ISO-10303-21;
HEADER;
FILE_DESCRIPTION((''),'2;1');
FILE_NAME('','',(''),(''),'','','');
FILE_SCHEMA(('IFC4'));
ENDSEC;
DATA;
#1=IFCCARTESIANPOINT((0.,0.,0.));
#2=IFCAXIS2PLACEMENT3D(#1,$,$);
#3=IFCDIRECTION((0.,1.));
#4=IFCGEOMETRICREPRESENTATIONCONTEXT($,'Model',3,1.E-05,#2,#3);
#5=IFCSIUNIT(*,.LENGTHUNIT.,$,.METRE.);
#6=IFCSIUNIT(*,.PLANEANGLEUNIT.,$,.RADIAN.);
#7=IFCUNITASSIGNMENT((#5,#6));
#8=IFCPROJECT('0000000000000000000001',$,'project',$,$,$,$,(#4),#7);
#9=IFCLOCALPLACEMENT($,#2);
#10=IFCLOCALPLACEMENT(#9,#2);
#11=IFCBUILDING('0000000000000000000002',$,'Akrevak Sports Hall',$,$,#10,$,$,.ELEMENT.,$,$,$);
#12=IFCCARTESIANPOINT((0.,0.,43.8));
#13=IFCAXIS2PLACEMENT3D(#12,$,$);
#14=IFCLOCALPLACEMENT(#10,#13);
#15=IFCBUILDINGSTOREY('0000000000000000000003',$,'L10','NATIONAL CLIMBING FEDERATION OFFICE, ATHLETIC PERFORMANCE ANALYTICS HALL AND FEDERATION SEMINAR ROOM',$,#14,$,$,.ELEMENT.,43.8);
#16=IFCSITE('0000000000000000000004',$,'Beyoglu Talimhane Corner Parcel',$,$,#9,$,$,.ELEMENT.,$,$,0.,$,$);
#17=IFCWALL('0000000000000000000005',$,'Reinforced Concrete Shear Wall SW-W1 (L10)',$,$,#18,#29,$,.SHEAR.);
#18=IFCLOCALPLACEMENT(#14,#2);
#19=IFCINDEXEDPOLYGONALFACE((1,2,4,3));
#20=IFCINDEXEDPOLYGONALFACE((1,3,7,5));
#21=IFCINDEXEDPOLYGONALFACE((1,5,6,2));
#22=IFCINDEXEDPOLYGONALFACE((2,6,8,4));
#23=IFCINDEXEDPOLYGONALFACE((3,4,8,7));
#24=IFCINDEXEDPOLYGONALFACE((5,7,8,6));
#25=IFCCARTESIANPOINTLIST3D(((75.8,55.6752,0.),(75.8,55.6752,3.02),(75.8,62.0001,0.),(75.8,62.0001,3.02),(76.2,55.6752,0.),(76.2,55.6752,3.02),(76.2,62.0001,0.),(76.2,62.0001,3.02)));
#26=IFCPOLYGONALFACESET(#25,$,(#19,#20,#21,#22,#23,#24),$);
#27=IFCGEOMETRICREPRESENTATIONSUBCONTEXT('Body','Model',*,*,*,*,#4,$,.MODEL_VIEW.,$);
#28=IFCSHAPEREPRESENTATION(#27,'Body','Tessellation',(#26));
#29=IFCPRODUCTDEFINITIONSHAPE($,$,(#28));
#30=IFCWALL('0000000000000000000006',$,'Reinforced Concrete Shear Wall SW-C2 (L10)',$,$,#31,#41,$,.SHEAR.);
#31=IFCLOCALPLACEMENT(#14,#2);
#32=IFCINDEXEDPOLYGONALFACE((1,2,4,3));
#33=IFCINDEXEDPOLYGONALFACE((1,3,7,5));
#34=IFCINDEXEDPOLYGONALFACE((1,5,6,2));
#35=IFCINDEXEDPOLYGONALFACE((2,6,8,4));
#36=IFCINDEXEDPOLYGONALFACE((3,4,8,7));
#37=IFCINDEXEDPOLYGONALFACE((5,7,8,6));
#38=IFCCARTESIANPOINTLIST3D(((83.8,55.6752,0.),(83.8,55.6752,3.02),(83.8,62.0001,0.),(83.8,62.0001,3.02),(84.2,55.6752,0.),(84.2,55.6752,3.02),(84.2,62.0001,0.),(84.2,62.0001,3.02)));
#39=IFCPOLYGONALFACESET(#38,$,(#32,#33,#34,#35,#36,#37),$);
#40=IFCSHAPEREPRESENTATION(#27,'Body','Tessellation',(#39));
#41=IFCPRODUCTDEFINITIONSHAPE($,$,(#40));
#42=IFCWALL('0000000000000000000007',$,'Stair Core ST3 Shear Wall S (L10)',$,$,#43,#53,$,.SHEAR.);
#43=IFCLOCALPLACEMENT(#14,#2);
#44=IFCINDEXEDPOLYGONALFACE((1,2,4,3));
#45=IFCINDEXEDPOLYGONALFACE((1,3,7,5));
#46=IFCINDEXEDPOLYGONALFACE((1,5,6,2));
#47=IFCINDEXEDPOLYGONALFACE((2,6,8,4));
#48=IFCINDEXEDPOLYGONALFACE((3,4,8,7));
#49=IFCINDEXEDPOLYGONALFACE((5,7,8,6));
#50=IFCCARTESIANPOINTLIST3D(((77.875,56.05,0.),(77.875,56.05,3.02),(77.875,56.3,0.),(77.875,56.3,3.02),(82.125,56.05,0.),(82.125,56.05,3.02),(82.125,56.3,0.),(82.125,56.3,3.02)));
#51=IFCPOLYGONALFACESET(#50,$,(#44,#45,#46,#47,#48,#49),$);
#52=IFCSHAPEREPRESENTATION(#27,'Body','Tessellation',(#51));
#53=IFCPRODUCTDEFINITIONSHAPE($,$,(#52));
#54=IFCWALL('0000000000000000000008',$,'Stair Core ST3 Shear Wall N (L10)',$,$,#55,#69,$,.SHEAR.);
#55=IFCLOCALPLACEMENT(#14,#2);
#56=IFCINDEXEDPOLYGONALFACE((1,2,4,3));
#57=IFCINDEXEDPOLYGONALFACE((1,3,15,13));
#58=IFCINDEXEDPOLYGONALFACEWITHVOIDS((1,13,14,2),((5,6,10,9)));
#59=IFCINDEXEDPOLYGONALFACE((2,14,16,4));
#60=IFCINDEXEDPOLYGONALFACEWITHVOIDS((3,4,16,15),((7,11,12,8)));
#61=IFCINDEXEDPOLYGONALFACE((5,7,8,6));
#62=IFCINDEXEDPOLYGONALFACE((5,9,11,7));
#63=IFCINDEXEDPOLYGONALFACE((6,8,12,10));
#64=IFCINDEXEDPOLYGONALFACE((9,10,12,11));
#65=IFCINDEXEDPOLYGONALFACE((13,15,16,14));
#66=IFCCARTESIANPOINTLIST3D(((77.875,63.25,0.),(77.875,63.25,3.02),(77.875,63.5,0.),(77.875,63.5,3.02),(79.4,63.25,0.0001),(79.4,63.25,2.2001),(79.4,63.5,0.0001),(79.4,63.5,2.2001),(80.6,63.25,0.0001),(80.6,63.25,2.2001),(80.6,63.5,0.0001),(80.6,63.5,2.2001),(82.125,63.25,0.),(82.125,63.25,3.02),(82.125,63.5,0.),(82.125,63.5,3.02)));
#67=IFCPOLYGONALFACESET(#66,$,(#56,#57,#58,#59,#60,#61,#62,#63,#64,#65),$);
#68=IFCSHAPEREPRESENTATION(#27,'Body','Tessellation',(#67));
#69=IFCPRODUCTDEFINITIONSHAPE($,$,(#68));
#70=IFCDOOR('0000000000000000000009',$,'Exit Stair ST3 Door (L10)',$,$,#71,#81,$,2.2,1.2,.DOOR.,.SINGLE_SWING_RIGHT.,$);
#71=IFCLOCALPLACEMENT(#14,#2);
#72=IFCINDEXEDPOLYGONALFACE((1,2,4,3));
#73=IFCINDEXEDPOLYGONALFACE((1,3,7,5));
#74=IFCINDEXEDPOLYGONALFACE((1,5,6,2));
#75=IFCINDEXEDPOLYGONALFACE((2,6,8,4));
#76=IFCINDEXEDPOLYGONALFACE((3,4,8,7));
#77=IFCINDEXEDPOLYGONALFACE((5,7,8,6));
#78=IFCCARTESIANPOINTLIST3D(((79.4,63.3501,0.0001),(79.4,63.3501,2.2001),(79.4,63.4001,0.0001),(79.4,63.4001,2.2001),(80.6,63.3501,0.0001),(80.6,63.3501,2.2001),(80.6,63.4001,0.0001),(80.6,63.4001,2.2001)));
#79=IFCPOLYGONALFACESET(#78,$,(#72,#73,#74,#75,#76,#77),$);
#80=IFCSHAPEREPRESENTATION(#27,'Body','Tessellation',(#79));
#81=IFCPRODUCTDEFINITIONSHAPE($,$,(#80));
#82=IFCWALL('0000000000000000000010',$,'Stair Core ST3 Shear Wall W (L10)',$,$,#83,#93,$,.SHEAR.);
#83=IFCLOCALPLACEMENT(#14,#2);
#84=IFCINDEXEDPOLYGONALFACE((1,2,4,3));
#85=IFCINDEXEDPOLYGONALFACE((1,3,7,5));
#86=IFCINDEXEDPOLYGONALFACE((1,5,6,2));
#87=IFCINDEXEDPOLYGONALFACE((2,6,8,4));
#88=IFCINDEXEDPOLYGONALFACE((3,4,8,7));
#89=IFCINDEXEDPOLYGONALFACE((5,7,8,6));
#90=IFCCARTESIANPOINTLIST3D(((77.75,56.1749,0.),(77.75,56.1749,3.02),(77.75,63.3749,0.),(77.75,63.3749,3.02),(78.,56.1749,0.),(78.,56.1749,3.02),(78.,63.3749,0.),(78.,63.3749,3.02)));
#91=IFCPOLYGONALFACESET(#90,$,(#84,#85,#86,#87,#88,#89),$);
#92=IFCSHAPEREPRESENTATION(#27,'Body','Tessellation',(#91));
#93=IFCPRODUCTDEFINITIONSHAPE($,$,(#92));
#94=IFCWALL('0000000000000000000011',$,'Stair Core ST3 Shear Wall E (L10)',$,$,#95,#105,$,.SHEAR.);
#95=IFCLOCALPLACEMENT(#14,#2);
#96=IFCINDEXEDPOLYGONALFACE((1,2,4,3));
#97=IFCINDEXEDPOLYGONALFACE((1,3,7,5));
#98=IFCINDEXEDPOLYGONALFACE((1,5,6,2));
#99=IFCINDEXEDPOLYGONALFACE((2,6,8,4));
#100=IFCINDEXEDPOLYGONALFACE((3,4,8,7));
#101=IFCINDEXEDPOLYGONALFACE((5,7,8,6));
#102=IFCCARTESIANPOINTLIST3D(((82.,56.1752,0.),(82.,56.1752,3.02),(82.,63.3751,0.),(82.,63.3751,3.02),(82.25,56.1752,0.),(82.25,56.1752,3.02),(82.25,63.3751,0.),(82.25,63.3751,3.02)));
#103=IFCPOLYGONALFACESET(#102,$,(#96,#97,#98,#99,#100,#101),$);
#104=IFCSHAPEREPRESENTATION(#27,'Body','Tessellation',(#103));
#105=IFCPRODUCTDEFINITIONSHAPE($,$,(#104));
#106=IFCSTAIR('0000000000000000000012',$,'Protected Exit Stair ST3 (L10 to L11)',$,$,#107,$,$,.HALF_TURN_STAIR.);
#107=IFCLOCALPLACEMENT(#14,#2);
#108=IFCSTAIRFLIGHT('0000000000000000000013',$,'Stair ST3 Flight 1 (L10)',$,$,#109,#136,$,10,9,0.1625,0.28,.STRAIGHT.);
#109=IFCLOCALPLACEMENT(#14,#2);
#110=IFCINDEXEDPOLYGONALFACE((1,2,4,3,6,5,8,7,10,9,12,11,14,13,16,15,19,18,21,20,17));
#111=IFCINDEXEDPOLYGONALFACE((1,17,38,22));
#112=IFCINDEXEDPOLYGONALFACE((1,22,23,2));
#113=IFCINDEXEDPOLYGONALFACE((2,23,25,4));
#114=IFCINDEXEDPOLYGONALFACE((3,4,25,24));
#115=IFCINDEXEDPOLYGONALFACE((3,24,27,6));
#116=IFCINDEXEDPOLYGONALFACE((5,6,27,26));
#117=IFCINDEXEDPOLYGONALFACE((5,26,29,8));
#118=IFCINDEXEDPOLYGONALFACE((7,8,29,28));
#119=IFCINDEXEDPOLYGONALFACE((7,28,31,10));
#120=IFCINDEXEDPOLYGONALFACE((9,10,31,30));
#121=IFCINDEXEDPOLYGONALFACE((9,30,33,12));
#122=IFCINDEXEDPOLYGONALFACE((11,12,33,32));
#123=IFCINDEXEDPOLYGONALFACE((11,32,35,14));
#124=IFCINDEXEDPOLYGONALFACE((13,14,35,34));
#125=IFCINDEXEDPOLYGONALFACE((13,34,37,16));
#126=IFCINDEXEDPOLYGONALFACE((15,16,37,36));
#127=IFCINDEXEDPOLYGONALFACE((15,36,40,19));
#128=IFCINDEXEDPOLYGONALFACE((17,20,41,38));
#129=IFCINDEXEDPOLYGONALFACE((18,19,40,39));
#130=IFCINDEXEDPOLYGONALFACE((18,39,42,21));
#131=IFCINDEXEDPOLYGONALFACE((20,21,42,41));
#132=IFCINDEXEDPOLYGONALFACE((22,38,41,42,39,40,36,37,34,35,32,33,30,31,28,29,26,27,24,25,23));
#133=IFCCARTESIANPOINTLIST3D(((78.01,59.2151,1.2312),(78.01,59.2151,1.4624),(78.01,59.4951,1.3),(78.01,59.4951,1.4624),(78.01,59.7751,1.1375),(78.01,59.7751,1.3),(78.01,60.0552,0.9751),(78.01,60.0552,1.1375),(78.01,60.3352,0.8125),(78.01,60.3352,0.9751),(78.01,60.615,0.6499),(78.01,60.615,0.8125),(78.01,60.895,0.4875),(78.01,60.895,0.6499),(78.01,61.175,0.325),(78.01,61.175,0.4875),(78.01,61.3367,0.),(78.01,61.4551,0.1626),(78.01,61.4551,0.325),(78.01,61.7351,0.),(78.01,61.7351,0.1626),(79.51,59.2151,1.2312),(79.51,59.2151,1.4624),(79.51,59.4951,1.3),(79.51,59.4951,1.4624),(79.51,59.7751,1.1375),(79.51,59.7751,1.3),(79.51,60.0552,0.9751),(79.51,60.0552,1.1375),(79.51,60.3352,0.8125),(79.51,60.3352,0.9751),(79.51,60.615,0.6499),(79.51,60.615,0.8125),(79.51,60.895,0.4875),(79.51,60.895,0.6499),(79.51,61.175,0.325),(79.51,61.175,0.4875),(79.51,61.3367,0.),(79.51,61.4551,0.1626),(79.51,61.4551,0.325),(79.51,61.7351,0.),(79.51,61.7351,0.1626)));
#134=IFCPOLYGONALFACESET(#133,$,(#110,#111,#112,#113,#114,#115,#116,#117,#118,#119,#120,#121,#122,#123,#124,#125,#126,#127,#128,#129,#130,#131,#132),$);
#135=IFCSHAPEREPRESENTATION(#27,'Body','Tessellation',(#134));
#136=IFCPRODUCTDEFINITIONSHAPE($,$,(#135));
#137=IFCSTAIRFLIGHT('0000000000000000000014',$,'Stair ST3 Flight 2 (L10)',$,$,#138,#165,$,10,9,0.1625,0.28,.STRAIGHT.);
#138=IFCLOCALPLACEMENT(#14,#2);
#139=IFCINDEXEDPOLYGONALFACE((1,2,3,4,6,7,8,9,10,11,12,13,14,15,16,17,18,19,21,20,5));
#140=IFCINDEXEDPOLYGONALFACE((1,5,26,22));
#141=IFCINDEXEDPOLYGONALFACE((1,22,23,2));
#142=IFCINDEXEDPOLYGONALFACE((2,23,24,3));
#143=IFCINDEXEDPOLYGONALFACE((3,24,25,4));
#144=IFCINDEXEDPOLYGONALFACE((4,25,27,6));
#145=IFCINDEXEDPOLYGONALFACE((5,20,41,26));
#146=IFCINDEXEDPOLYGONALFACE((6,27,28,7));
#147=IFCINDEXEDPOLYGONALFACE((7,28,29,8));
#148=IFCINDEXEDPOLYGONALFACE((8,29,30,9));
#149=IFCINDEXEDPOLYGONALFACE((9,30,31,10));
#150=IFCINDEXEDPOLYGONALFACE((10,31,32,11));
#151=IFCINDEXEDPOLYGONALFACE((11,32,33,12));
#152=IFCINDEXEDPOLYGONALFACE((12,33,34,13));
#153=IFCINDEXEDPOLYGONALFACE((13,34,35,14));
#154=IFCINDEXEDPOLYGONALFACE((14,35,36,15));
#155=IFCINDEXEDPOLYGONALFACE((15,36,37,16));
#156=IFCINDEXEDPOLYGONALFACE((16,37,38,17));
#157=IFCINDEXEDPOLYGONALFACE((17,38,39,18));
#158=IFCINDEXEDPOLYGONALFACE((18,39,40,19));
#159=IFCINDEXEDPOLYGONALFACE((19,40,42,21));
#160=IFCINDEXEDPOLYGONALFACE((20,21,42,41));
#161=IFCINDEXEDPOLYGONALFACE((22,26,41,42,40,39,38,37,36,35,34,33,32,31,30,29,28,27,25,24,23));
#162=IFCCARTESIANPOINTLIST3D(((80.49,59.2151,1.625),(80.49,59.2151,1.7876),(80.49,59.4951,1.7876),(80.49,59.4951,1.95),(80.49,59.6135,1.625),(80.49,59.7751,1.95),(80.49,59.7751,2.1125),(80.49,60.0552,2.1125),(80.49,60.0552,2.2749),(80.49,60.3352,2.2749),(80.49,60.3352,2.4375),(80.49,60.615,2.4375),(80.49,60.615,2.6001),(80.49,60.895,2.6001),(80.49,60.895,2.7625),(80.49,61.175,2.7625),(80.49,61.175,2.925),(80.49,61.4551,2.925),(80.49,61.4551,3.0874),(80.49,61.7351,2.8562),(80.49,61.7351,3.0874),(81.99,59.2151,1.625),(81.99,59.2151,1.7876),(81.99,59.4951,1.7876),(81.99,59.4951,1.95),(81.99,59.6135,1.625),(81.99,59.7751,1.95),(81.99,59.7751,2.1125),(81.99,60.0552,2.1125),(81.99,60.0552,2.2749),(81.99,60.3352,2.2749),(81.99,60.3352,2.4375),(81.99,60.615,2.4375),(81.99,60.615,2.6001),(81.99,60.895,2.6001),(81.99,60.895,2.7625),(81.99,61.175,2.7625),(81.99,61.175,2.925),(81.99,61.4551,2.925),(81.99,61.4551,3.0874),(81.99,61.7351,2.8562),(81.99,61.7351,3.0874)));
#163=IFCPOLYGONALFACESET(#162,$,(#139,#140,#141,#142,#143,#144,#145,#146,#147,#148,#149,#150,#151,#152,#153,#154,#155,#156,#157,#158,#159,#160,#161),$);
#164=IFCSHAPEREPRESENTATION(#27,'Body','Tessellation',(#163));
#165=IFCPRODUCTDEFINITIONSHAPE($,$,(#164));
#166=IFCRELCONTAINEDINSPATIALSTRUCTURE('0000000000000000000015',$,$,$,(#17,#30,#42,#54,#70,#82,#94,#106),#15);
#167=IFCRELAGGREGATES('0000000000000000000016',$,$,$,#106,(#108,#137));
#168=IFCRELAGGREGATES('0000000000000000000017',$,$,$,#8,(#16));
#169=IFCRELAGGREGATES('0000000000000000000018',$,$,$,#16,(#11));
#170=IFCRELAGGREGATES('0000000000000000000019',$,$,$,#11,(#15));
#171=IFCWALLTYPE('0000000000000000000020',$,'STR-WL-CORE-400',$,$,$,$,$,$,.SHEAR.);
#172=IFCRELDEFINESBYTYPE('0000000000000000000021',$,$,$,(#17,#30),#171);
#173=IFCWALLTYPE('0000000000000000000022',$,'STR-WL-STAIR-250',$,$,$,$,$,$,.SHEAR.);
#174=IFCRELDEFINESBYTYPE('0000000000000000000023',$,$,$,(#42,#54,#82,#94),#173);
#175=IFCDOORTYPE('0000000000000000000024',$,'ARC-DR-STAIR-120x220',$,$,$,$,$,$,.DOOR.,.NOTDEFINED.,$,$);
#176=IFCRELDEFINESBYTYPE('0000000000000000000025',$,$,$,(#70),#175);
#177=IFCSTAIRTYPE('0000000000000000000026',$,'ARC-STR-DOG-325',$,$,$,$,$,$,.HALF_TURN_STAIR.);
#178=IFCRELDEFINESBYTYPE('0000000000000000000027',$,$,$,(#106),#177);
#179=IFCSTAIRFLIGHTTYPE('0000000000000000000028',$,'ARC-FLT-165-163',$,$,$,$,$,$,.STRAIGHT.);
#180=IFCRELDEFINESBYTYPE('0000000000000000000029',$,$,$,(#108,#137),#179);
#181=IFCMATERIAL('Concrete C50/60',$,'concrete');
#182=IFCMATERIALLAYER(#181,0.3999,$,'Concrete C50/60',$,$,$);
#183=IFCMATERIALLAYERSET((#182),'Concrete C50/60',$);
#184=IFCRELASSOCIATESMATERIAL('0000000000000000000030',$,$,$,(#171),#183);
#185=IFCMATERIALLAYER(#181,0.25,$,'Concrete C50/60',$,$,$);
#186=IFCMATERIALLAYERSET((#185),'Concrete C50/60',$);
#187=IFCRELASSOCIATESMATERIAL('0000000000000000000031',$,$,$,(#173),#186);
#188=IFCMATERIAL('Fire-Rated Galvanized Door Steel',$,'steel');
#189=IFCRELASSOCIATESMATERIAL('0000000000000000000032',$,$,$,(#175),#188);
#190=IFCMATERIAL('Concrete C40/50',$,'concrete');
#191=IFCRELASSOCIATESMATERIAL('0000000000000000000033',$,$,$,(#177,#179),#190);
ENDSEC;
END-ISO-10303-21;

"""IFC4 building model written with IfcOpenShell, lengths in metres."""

from ifc_helpers import new_model, si_unit, direction, frame, frame_2d, origin, place, context, subcontext, project, spatial, polyline, rectangle, outline, extrude, material, layer, layer_set, type_object, element, fill, aggregate, save


model = new_model("IFC4")

# Units and contexts
model_context = context("Model", 3, precision=1e-05, world=origin(), true_north=direction((0.0, 1.0)))
body_context = subcontext(model_context, "Body", "Model", "MODEL_VIEW")
ifc_project = project(units=[si_unit("LENGTHUNIT", "METRE"), si_unit("PLANEANGLEUNIT", "RADIAN")], contexts=[model_context])

# Site, building, storey
site_placement = place(None, origin())
site = spatial("IfcSite", under=ifc_project, at=site_placement, Name="Beyoglu Talimhane Corner Parcel", CompositionType="ELEMENT", RefElevation=0.0)
building_placement = place(site_placement, origin())
building = spatial("IfcBuilding", under=site, at=building_placement, Name="Akrevak Sports Hall", CompositionType="ELEMENT")
storey_placement = place(building_placement, frame((0.0, 0.0, 43.8)))
storey = spatial("IfcBuildingStorey", under=building, at=storey_placement, Name="L10", Description="NATIONAL CLIMBING FEDERATION OFFICE, ATHLETIC PERFORMANCE ANALYTICS HALL AND FEDERATION SEMINAR ROOM", CompositionType="ELEMENT", Elevation=43.8)

# Shared definitions
ifc_material_1 = material(Name="Concrete C40/50", Category="concrete")

# Shared definitions
ifc_material_2 = material(Name="Concrete C50/60", Category="concrete")

# Walls
ifc_layer_1 = layer(ifc_material_2, 0.3999, Name="Concrete C50/60")
ifc_layer_set_1 = layer_set([ifc_layer_1], Name="Concrete C50/60")
wall_type_1 = type_object("IfcWallType", Name="STR-WL-CORE-400", PredefinedType="SHEAR", material=ifc_layer_set_1)
for number, where, z_axis, x_axis, name in (
    (1, (76.0, 55.675, 0.0), (0.0, 0.0, 1.0), (0.0, 1.0, 0.0), "Reinforced Concrete Shear Wall SW-W1 (L10)"),
    (2, (84.0, 55.675, 0.0), (0.0, 0.0, 1.0), (0.0, 1.0, 0.0), "Reinforced Concrete Shear Wall SW-C2 (L10)"),
):
    element("IfcWall", number, at=place(storey_placement, frame(where, z_axis=z_axis, x_axis=x_axis)), inside=storey, type_object=wall_type_1, Name=name, PredefinedType="SHEAR", context=body_context, shape_type="SweptSolid", body=[
        extrude(rectangle(XDim=6.325, YDim=0.3999, at=frame_2d((3.1626, 0.0))), origin(), (0.0, 0.0, 1.0), 3.02),
    ])
ifc_layer_2 = layer(ifc_material_2, 0.25, Name="Concrete C50/60")
ifc_layer_set_2 = layer_set([ifc_layer_2], Name="Concrete C50/60")
wall_type_2 = type_object("IfcWallType", Name="STR-WL-STAIR-250", PredefinedType="SHEAR", material=ifc_layer_set_2)
wall_1_placement = place(storey_placement, frame((77.875, 56.175, 0.0), z_axis=(0.0, 0.0, 1.0), x_axis=(1.0, 0.0, 0.0)))
element("IfcWall", 3, at=wall_1_placement, inside=storey, type_object=wall_type_2, Name="Stair Core ST3 Shear Wall S (L10)", PredefinedType="SHEAR", context=body_context, shape_type="SweptSolid", body=[
    extrude(rectangle(XDim=4.25, YDim=0.25, at=frame_2d((2.125, 0.0))), origin(), (0.0, 0.0, 1.0), 3.02),
])

# Wall, opening, door
wall_2_placement = place(storey_placement, frame((82.125, 63.375, 0.0), z_axis=(0.0, 0.0, 1.0), x_axis=(-1.0, 0.0, 0.0)))
wall_2 = element("IfcWall", 4, at=wall_2_placement, inside=storey, type_object=wall_type_2, Name="Stair Core ST3 Shear Wall N (L10)", PredefinedType="SHEAR", context=body_context, shape_type="SweptSolid", body=[
    extrude(rectangle(XDim=4.25, YDim=0.25, at=frame_2d((2.125, 0.0))), origin(), (0.0, 0.0, 1.0), 3.02),
])
opening_1_placement = place(wall_2_placement, frame((1.5249, 0.0, 0.0)))
opening_1 = element("IfcOpeningElement", 5, at=opening_1_placement, cuts=wall_2, PredefinedType="OPENING", context=body_context, shape_type="SweptSolid", body=[
    extrude(rectangle(XDim=1.2, YDim=2.2, at=frame_2d((0.6001, 1.1001))), frame((0.0, 0.137, 0.0), z_axis=(0.0, -1.0, 0.0), x_axis=(1.0, 0.0, 0.0)), (0.0, 0.0, 1.0), 0.2739),
])
ifc_material_3 = material(Name="Fire-Rated Galvanized Door Steel", Category="steel")
door_type_1 = type_object("IfcDoorType", Name="ARC-DR-STAIR-120x220", OperationType="NOTDEFINED", PredefinedType="DOOR", material=ifc_material_3)
door_1_placement = place(opening_1_placement, origin())
door_1 = element("IfcDoor", 6, at=door_1_placement, inside=storey, type_object=door_type_1, Name="Exit Stair ST3 Door (L10)", OperationType="SINGLE_SWING_RIGHT", OverallHeight=2.2, OverallWidth=1.2, PredefinedType="DOOR", context=body_context, shape_type="SweptSolid", body=[
    extrude(rectangle(XDim=1.2, YDim=2.2, at=frame_2d((0.6001, 1.1001))), frame((0.0, 0.0249, 0.0), z_axis=(0.0, -1.0, 0.0), x_axis=(1.0, 0.0, 0.0)), (0.0, 0.0, 1.0), 0.05),
])
fill(opening_1, door_1)

# Walls
for number, where, z_axis, x_axis, name in (
    (7, (77.875, 63.375, 0.0), (0.0, 0.0, 1.0), (0.0, -1.0, 0.0), "Stair Core ST3 Shear Wall W (L10)"),
    (8, (82.125, 56.175, 0.0), (0.0, 0.0, 1.0), (0.0, 1.0, 0.0), "Stair Core ST3 Shear Wall E (L10)"),
):
    element("IfcWall", number, at=place(storey_placement, frame(where, z_axis=z_axis, x_axis=x_axis)), inside=storey, type_object=wall_type_2, Name=name, PredefinedType="SHEAR", context=body_context, shape_type="SweptSolid", body=[
        extrude(rectangle(XDim=7.2, YDim=0.25, at=frame_2d((3.6001, 0.0))), origin(), (0.0, 0.0, 1.0), 3.02),
    ])

# Stair, stair flights
stair_type = type_object("IfcStairType", Name="ARC-STR-DOG-325", PredefinedType="HALF_TURN_STAIR", material=ifc_material_1)
stair_placement = place(storey_placement, origin())
stair = element("IfcStair", 9, at=stair_placement, inside=storey, type_object=stair_type, Name="Protected Exit Stair ST3 (L10 to L11)", PredefinedType="HALF_TURN_STAIR")
stair_flight_type = type_object("IfcStairFlightType", Name="ARC-FLT-165-163", PredefinedType="STRAIGHT", material=ifc_material_1)
stair_flight_1_placement = place(storey_placement, frame((78.76, 61.7351, 0.0), z_axis=(0.0, 0.0, 1.0), x_axis=(0.0, -1.0, 0.0)))
stair_flight_1 = element("IfcStairFlight", 10, at=stair_flight_1_placement, type_object=stair_flight_type, Name="Stair ST3 Flight 1 (L10)", NumberOfRisers=10, NumberOfTreads=9, PredefinedType="STRAIGHT", RiserHeight=0.1625, TreadLength=0.28, context=body_context, shape_type="SweptSolid", body=[
    extrude(outline(polyline([(0.0, 0.0), (0.0, 0.1626), (0.28, 0.1626), (0.28, 0.325), (0.5601, 0.325), (0.5601, 0.4875), (0.8401, 0.4875), (0.8401, 0.6499), (1.1201, 0.6499), (1.1201, 0.8125), (1.3999, 0.8125), (1.3999, 0.9751), (1.6799, 0.9751), (1.6799, 1.1375), (1.96, 1.1375), (1.96, 1.3), (2.24, 1.3), (2.24, 1.4624), (2.52, 1.4624), (2.52, 1.625), (2.52, 1.2312), (0.3984, 0.0), (0.0, 0.0)])), frame((0.0, 0.75, 0.0), z_axis=(0.0, -1.0, 0.0), x_axis=(1.0, 0.0, 0.0)), (0.0, 0.0, 1.0), 1.5),
])
stair_flight_2_placement = place(storey_placement, frame((81.24, 59.2151, 1.625), z_axis=(0.0, 0.0, 1.0), x_axis=(0.0, 1.0, 0.0)))
stair_flight_2 = element("IfcStairFlight", 11, at=stair_flight_2_placement, type_object=stair_flight_type, Name="Stair ST3 Flight 2 (L10)", NumberOfRisers=10, NumberOfTreads=9, PredefinedType="STRAIGHT", RiserHeight=0.1625, TreadLength=0.28, context=body_context, shape_type="SweptSolid", body=[
    extrude(outline(polyline([(0.0, 0.0), (0.0, 0.1626), (0.28, 0.1626), (0.28, 0.325), (0.5601, 0.325), (0.5601, 0.4875), (0.8401, 0.4875), (0.8401, 0.6499), (1.1201, 0.6499), (1.1201, 0.8125), (1.3999, 0.8125), (1.3999, 0.9751), (1.6799, 0.9751), (1.6799, 1.1375), (1.96, 1.1375), (1.96, 1.3), (2.24, 1.3), (2.24, 1.4624), (2.52, 1.4624), (2.52, 1.625), (2.52, 1.2312), (0.3984, 0.0), (0.0, 0.0)])), frame((0.0, 0.75, 0.0), z_axis=(0.0, -1.0, 0.0), x_axis=(1.0, 0.0, 0.0)), (0.0, 0.0, 1.0), 1.5),
])
aggregate(stair, [stair_flight_1, stair_flight_2])

save(model, "model.ifc")
